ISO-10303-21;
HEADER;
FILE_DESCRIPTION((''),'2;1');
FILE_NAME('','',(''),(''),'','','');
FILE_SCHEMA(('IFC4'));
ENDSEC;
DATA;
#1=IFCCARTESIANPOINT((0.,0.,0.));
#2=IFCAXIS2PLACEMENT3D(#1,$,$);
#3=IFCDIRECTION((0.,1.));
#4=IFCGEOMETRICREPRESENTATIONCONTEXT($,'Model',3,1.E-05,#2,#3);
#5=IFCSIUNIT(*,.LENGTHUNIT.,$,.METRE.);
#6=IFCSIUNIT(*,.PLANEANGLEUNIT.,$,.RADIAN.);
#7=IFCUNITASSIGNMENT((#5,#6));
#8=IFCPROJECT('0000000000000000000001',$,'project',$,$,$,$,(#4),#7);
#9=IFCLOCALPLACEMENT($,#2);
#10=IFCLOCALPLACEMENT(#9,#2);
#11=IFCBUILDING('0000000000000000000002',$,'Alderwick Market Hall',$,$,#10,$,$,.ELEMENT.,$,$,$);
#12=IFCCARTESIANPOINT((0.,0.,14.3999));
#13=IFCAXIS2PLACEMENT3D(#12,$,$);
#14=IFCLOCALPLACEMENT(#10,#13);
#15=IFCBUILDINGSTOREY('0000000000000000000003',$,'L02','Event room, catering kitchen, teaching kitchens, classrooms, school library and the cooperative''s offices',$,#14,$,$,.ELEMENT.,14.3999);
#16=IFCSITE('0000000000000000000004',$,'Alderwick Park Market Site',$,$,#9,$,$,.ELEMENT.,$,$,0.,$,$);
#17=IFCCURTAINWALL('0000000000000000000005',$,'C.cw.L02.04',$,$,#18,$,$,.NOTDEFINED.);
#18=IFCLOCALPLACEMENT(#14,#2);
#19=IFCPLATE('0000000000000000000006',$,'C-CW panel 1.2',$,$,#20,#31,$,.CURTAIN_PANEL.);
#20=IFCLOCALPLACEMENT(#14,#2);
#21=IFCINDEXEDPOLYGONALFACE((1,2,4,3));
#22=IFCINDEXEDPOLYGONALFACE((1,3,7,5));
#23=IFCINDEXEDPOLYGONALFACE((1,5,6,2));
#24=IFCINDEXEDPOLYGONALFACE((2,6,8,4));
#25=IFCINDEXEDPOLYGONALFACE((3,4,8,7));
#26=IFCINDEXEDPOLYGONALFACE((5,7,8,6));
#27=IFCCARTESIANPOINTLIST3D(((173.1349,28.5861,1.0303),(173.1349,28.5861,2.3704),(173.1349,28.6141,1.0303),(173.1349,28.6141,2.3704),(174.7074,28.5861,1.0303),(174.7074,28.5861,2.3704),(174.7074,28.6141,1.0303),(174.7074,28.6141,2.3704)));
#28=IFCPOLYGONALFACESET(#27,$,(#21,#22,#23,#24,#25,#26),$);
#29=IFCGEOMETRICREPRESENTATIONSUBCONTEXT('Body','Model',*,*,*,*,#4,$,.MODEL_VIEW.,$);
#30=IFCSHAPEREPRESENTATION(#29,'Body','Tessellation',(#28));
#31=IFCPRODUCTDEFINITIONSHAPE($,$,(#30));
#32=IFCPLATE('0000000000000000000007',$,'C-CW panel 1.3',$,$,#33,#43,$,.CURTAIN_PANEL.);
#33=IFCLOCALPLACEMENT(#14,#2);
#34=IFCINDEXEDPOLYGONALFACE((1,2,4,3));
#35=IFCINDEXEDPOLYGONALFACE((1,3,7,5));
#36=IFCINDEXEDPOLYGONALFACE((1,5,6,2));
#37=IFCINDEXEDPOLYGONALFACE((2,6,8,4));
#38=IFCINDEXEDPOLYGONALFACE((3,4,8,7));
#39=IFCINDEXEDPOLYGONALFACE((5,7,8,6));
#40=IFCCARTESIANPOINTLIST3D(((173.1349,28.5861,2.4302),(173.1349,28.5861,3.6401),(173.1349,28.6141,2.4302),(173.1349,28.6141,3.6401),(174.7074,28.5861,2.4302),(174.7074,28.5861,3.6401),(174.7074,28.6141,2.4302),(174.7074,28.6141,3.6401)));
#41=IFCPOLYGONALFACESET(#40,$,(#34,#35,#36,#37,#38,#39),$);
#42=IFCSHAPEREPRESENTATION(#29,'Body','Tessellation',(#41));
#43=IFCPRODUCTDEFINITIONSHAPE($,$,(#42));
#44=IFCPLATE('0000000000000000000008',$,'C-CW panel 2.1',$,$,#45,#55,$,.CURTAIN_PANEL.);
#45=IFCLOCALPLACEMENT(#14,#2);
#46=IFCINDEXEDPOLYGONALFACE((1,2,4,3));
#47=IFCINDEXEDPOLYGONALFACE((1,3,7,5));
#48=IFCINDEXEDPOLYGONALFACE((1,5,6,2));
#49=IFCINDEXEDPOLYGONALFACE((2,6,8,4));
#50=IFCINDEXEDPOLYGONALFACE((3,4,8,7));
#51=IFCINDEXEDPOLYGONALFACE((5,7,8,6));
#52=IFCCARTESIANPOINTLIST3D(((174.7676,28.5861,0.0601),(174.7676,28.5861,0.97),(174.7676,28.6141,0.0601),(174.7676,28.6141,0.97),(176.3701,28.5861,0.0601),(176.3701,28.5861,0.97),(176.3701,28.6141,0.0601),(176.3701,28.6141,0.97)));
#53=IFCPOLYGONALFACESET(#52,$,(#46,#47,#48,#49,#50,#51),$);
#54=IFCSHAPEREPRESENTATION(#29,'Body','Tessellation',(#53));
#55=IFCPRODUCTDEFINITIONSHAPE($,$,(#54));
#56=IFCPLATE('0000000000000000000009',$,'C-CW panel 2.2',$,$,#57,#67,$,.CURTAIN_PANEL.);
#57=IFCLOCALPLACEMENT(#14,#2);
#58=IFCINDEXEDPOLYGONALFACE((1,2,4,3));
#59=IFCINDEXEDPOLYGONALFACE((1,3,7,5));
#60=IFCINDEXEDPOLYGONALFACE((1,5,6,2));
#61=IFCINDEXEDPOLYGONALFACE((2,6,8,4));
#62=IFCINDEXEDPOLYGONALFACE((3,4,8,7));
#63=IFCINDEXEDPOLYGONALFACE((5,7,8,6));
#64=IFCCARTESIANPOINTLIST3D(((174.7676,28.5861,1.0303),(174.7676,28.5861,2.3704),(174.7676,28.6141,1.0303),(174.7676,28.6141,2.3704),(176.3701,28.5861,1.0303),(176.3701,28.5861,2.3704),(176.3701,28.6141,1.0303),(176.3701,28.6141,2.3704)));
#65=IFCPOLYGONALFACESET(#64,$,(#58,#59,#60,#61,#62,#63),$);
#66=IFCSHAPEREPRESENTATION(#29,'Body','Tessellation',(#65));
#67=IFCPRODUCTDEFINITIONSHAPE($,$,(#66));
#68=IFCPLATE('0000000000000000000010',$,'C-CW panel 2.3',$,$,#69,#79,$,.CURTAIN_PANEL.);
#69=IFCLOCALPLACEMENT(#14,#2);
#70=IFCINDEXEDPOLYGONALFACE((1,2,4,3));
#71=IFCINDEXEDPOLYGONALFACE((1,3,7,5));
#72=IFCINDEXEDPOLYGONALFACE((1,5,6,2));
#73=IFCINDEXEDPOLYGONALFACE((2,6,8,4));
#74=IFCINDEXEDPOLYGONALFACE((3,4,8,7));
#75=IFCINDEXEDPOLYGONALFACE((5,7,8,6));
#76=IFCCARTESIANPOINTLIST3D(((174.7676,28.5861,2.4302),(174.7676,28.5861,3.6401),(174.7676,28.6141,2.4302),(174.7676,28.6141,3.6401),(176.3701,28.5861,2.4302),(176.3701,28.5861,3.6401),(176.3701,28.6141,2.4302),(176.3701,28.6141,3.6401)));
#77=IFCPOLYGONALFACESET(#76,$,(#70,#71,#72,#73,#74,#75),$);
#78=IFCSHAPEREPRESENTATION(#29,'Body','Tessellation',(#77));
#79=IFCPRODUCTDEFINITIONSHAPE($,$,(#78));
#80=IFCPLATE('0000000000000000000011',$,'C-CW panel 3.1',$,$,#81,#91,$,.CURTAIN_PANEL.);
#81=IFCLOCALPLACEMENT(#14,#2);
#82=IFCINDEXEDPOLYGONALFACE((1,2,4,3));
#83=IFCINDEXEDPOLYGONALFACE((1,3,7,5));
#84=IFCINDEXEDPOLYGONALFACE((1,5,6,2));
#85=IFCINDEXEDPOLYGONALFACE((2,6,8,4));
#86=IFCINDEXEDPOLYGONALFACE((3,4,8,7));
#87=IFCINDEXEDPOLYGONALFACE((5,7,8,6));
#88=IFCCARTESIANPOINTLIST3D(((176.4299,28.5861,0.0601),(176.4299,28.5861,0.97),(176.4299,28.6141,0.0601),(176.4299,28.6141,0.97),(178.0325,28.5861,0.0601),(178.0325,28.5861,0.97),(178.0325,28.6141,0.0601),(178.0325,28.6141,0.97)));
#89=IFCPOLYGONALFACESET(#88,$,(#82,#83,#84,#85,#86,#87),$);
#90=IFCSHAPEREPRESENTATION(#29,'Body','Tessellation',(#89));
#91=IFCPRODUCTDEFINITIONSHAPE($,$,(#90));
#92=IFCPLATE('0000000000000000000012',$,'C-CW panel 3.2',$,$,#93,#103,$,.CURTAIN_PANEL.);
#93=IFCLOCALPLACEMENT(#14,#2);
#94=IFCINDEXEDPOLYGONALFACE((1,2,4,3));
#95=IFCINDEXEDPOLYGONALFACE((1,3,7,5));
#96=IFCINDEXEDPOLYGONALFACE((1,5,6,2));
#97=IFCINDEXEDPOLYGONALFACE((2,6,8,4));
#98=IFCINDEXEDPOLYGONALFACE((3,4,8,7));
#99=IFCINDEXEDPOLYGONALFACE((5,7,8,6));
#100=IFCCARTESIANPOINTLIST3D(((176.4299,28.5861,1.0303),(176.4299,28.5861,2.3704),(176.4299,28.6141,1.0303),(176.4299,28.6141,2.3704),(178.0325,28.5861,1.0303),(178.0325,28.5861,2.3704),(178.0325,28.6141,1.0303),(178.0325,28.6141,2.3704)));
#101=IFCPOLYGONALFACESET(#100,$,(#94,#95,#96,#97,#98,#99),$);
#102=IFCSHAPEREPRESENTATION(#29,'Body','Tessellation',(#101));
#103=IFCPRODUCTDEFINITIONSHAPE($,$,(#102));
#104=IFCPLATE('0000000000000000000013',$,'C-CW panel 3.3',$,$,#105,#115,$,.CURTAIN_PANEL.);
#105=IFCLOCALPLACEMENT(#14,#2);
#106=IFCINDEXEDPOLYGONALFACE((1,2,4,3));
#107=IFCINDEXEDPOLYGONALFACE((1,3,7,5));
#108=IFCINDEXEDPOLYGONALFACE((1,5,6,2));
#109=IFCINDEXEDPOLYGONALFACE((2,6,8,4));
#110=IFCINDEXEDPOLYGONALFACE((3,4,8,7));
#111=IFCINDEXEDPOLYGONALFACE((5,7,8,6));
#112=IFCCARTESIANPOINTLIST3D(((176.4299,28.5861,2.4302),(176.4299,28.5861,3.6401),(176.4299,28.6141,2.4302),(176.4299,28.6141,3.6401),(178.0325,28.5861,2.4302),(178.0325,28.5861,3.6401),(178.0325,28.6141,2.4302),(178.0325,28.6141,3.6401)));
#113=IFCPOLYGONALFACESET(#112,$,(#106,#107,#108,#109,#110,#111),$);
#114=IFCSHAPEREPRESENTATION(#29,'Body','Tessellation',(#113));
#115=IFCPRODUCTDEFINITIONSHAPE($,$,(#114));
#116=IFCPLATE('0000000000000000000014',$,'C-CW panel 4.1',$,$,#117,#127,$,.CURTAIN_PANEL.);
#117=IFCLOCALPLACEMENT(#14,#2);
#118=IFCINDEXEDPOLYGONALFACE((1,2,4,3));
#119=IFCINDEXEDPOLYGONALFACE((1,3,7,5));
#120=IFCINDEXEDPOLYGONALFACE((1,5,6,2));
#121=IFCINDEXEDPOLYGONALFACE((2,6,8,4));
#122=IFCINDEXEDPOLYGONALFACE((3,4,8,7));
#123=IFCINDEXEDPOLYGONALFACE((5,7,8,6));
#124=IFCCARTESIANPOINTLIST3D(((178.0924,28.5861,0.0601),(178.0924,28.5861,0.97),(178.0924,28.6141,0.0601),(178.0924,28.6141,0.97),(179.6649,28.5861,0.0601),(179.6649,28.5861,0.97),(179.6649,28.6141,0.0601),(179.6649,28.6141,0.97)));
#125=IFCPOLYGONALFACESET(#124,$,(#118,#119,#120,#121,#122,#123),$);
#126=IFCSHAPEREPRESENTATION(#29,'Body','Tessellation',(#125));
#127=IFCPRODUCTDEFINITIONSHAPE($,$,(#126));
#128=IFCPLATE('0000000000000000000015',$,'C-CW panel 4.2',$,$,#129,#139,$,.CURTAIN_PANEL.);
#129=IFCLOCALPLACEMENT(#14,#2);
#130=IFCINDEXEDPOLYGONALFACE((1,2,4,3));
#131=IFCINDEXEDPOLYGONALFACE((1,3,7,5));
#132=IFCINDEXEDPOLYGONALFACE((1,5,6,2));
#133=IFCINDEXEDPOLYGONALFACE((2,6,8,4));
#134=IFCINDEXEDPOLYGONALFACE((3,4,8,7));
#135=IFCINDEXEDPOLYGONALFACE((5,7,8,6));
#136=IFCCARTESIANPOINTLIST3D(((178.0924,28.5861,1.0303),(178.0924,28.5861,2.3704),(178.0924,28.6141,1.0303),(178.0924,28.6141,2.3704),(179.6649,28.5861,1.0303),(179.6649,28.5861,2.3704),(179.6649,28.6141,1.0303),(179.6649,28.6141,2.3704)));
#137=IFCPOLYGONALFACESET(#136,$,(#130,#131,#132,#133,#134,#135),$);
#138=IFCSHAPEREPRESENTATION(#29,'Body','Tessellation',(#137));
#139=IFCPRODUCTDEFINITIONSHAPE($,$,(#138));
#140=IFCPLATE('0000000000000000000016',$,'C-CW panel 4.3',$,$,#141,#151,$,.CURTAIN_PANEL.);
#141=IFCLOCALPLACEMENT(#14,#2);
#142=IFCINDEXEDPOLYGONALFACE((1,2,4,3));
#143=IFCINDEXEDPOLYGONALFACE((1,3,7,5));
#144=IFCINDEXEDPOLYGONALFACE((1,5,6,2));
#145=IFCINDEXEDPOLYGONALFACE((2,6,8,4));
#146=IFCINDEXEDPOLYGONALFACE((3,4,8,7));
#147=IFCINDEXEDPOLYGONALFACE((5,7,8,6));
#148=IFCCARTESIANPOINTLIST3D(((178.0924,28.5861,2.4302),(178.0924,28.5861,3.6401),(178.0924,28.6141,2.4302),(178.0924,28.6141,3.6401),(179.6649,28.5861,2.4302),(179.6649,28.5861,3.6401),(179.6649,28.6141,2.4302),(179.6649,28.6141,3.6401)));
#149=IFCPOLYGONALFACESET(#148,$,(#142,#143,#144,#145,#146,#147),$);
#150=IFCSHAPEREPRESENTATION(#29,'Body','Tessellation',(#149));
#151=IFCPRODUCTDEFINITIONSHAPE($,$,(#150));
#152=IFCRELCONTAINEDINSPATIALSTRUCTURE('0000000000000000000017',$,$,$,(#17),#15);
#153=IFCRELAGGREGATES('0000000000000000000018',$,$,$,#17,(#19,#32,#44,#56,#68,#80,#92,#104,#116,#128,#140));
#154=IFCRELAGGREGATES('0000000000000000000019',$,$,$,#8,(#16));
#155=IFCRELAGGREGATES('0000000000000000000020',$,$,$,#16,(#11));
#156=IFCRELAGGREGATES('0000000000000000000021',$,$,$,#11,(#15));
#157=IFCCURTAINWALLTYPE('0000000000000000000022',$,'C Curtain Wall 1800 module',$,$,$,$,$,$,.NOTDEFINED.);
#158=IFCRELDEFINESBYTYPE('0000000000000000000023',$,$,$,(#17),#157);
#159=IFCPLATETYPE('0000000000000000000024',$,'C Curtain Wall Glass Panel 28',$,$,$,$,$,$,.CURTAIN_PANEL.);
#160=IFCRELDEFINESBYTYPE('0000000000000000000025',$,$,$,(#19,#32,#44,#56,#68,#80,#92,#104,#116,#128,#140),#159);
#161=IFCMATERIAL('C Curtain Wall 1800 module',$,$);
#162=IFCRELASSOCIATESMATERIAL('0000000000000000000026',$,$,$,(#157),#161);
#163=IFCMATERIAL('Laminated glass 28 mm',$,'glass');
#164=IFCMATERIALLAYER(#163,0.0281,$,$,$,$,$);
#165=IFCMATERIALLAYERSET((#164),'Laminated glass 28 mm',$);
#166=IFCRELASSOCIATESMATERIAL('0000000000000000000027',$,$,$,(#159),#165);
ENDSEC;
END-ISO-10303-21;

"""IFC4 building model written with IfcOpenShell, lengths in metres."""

from ifc_helpers import new_model, si_unit, direction, frame, origin, origin_2d, place, context, subcontext, project, spatial, rectangle, extrude, material, layer, layer_set, type_object, element, aggregate, save


model = new_model("IFC4")

# Units and contexts
model_context = context("Model", 3, precision=1e-05, world=origin(), true_north=direction((0.0, 1.0)))
body_context = subcontext(model_context, "Body", "Model", "MODEL_VIEW")
ifc_project = project(units=[si_unit("LENGTHUNIT", "METRE"), si_unit("PLANEANGLEUNIT", "RADIAN")], contexts=[model_context])

# Site, building, storey
site_placement = place(None, origin())
site = spatial("IfcSite", under=ifc_project, at=site_placement, Name="Alderwick Park Market Site", CompositionType="ELEMENT", RefElevation=0.0)
building_placement = place(site_placement, origin())
building = spatial("IfcBuilding", under=site, at=building_placement, Name="Alderwick Market Hall", CompositionType="ELEMENT")
storey_placement = place(building_placement, frame((0.0, 0.0, 14.3999)))
storey = spatial("IfcBuildingStorey", under=building, at=storey_placement, Name="L02", Description="Event room, catering kitchen, teaching kitchens, classrooms, school library and the cooperative's offices", CompositionType="ELEMENT", Elevation=14.3999)

# Curtain wall, plates
ifc_material_1 = material(Name="C Curtain Wall 1800 module")
curtain_wall_type = type_object("IfcCurtainWallType", Name="C Curtain Wall 1800 module", PredefinedType="NOTDEFINED", material=ifc_material_1)
curtain_wall_placement = place(storey_placement, origin())
curtain_wall = element("IfcCurtainWall", 1, at=curtain_wall_placement, inside=storey, type_object=curtain_wall_type, Name="C.cw.L02.04", PredefinedType="NOTDEFINED")
ifc_material_2 = material(Name="Laminated glass 28 mm", Category="glass")
ifc_layer = layer(ifc_material_2, 0.0281)
ifc_layer_set = layer_set([ifc_layer], Name="Laminated glass 28 mm")
plate_type = type_object("IfcPlateType", Name="C Curtain Wall Glass Panel 28", PredefinedType="CURTAIN_PANEL", material=ifc_layer_set)
plate_1_placement = place(storey_placement, frame((173.9211, 28.6001, 1.0303), z_axis=(0.0, 0.0, 1.0), x_axis=(1.0, 0.0, 0.0)))
plate_1 = element("IfcPlate", 2, at=plate_1_placement, type_object=plate_type, Name="C-CW panel 1.2", PredefinedType="CURTAIN_PANEL", context=body_context, shape_type="SweptSolid", body=[
    extrude(rectangle(XDim=1.5725, YDim=0.0281, at=origin_2d()), origin(), (0.0, 0.0, 1.0), 1.3401),
])
plate_2_placement = place(storey_placement, frame((173.9211, 28.6001, 2.4302), z_axis=(0.0, 0.0, 1.0), x_axis=(1.0, 0.0, 0.0)))
plate_2 = element("IfcPlate", 3, at=plate_2_placement, type_object=plate_type, Name="C-CW panel 1.3", PredefinedType="CURTAIN_PANEL", context=body_context, shape_type="SweptSolid", body=[
    extrude(rectangle(XDim=1.5725, YDim=0.0281, at=origin_2d()), origin(), (0.0, 0.0, 1.0), 1.21),
])
plate_3_placement = place(storey_placement, frame((175.5688, 28.6001, 0.0601), z_axis=(0.0, 0.0, 1.0), x_axis=(1.0, 0.0, 0.0)))
plate_3 = element("IfcPlate", 4, at=plate_3_placement, type_object=plate_type, Name="C-CW panel 2.1", PredefinedType="CURTAIN_PANEL", context=body_context, shape_type="SweptSolid", body=[
    extrude(rectangle(XDim=1.6025, YDim=0.0281, at=origin_2d()), origin(), (0.0, 0.0, 1.0), 0.9099),
])
plate_4_placement = place(storey_placement, frame((175.5688, 28.6001, 1.0303), z_axis=(0.0, 0.0, 1.0), x_axis=(1.0, 0.0, 0.0)))
plate_4 = element("IfcPlate", 5, at=plate_4_placement, type_object=plate_type, Name="C-CW panel 2.2", PredefinedType="CURTAIN_PANEL", context=body_context, shape_type="SweptSolid", body=[
    extrude(rectangle(XDim=1.6025, YDim=0.0281, at=origin_2d()), origin(), (0.0, 0.0, 1.0), 1.3401),
])
plate_5_placement = place(storey_placement, frame((175.5688, 28.6001, 2.4302), z_axis=(0.0, 0.0, 1.0), x_axis=(1.0, 0.0, 0.0)))
plate_5 = element("IfcPlate", 6, at=plate_5_placement, type_object=plate_type, Name="C-CW panel 2.3", PredefinedType="CURTAIN_PANEL", context=body_context, shape_type="SweptSolid", body=[
    extrude(rectangle(XDim=1.6025, YDim=0.0281, at=origin_2d()), origin(), (0.0, 0.0, 1.0), 1.21),
])
plate_6_placement = place(storey_placement, frame((177.2312, 28.6001, 0.0601), z_axis=(0.0, 0.0, 1.0), x_axis=(1.0, 0.0, 0.0)))
plate_6 = element("IfcPlate", 7, at=plate_6_placement, type_object=plate_type, Name="C-CW panel 3.1", PredefinedType="CURTAIN_PANEL", context=body_context, shape_type="SweptSolid", body=[
    extrude(rectangle(XDim=1.6025, YDim=0.0281, at=origin_2d()), origin(), (0.0, 0.0, 1.0), 0.9099),
])
plate_7_placement = place(storey_placement, frame((177.2312, 28.6001, 1.0303), z_axis=(0.0, 0.0, 1.0), x_axis=(1.0, 0.0, 0.0)))
plate_7 = element("IfcPlate", 8, at=plate_7_placement, type_object=plate_type, Name="C-CW panel 3.2", PredefinedType="CURTAIN_PANEL", context=body_context, shape_type="SweptSolid", body=[
    extrude(rectangle(XDim=1.6025, YDim=0.0281, at=origin_2d()), origin(), (0.0, 0.0, 1.0), 1.3401),
])
plate_8_placement = place(storey_placement, frame((177.2312, 28.6001, 2.4302), z_axis=(0.0, 0.0, 1.0), x_axis=(1.0, 0.0, 0.0)))
plate_8 = element("IfcPlate", 9, at=plate_8_placement, type_object=plate_type, Name="C-CW panel 3.3", PredefinedType="CURTAIN_PANEL", context=body_context, shape_type="SweptSolid", body=[
    extrude(rectangle(XDim=1.6025, YDim=0.0281, at=origin_2d()), origin(), (0.0, 0.0, 1.0), 1.21),
])
plate_9_placement = place(storey_placement, frame((178.8787, 28.6001, 0.0601), z_axis=(0.0, 0.0, 1.0), x_axis=(1.0, 0.0, 0.0)))
plate_9 = element("IfcPlate", 10, at=plate_9_placement, type_object=plate_type, Name="C-CW panel 4.1", PredefinedType="CURTAIN_PANEL", context=body_context, shape_type="SweptSolid", body=[
    extrude(rectangle(XDim=1.5725, YDim=0.0281, at=origin_2d()), origin(), (0.0, 0.0, 1.0), 0.9099),
])
plate_10_placement = place(storey_placement, frame((178.8787, 28.6001, 1.0303), z_axis=(0.0, 0.0, 1.0), x_axis=(1.0, 0.0, 0.0)))
plate_10 = element("IfcPlate", 11, at=plate_10_placement, type_object=plate_type, Name="C-CW panel 4.2", PredefinedType="CURTAIN_PANEL", context=body_context, shape_type="SweptSolid", body=[
    extrude(rectangle(XDim=1.5725, YDim=0.0281, at=origin_2d()), origin(), (0.0, 0.0, 1.0), 1.3401),
])
plate_11_placement = place(storey_placement, frame((178.8787, 28.6001, 2.4302), z_axis=(0.0, 0.0, 1.0), x_axis=(1.0, 0.0, 0.0)))
plate_11 = element("IfcPlate", 12, at=plate_11_placement, type_object=plate_type, Name="C-CW panel 4.3", PredefinedType="CURTAIN_PANEL", context=body_context, shape_type="SweptSolid", body=[
    extrude(rectangle(XDim=1.5725, YDim=0.0281, at=origin_2d()), origin(), (0.0, 0.0, 1.0), 1.21),
])
aggregate(curtain_wall, [plate_1, plate_2, plate_3, plate_4, plate_5, plate_6, plate_7, plate_8, plate_9, plate_10, plate_11])

save(model, "model.ifc")
